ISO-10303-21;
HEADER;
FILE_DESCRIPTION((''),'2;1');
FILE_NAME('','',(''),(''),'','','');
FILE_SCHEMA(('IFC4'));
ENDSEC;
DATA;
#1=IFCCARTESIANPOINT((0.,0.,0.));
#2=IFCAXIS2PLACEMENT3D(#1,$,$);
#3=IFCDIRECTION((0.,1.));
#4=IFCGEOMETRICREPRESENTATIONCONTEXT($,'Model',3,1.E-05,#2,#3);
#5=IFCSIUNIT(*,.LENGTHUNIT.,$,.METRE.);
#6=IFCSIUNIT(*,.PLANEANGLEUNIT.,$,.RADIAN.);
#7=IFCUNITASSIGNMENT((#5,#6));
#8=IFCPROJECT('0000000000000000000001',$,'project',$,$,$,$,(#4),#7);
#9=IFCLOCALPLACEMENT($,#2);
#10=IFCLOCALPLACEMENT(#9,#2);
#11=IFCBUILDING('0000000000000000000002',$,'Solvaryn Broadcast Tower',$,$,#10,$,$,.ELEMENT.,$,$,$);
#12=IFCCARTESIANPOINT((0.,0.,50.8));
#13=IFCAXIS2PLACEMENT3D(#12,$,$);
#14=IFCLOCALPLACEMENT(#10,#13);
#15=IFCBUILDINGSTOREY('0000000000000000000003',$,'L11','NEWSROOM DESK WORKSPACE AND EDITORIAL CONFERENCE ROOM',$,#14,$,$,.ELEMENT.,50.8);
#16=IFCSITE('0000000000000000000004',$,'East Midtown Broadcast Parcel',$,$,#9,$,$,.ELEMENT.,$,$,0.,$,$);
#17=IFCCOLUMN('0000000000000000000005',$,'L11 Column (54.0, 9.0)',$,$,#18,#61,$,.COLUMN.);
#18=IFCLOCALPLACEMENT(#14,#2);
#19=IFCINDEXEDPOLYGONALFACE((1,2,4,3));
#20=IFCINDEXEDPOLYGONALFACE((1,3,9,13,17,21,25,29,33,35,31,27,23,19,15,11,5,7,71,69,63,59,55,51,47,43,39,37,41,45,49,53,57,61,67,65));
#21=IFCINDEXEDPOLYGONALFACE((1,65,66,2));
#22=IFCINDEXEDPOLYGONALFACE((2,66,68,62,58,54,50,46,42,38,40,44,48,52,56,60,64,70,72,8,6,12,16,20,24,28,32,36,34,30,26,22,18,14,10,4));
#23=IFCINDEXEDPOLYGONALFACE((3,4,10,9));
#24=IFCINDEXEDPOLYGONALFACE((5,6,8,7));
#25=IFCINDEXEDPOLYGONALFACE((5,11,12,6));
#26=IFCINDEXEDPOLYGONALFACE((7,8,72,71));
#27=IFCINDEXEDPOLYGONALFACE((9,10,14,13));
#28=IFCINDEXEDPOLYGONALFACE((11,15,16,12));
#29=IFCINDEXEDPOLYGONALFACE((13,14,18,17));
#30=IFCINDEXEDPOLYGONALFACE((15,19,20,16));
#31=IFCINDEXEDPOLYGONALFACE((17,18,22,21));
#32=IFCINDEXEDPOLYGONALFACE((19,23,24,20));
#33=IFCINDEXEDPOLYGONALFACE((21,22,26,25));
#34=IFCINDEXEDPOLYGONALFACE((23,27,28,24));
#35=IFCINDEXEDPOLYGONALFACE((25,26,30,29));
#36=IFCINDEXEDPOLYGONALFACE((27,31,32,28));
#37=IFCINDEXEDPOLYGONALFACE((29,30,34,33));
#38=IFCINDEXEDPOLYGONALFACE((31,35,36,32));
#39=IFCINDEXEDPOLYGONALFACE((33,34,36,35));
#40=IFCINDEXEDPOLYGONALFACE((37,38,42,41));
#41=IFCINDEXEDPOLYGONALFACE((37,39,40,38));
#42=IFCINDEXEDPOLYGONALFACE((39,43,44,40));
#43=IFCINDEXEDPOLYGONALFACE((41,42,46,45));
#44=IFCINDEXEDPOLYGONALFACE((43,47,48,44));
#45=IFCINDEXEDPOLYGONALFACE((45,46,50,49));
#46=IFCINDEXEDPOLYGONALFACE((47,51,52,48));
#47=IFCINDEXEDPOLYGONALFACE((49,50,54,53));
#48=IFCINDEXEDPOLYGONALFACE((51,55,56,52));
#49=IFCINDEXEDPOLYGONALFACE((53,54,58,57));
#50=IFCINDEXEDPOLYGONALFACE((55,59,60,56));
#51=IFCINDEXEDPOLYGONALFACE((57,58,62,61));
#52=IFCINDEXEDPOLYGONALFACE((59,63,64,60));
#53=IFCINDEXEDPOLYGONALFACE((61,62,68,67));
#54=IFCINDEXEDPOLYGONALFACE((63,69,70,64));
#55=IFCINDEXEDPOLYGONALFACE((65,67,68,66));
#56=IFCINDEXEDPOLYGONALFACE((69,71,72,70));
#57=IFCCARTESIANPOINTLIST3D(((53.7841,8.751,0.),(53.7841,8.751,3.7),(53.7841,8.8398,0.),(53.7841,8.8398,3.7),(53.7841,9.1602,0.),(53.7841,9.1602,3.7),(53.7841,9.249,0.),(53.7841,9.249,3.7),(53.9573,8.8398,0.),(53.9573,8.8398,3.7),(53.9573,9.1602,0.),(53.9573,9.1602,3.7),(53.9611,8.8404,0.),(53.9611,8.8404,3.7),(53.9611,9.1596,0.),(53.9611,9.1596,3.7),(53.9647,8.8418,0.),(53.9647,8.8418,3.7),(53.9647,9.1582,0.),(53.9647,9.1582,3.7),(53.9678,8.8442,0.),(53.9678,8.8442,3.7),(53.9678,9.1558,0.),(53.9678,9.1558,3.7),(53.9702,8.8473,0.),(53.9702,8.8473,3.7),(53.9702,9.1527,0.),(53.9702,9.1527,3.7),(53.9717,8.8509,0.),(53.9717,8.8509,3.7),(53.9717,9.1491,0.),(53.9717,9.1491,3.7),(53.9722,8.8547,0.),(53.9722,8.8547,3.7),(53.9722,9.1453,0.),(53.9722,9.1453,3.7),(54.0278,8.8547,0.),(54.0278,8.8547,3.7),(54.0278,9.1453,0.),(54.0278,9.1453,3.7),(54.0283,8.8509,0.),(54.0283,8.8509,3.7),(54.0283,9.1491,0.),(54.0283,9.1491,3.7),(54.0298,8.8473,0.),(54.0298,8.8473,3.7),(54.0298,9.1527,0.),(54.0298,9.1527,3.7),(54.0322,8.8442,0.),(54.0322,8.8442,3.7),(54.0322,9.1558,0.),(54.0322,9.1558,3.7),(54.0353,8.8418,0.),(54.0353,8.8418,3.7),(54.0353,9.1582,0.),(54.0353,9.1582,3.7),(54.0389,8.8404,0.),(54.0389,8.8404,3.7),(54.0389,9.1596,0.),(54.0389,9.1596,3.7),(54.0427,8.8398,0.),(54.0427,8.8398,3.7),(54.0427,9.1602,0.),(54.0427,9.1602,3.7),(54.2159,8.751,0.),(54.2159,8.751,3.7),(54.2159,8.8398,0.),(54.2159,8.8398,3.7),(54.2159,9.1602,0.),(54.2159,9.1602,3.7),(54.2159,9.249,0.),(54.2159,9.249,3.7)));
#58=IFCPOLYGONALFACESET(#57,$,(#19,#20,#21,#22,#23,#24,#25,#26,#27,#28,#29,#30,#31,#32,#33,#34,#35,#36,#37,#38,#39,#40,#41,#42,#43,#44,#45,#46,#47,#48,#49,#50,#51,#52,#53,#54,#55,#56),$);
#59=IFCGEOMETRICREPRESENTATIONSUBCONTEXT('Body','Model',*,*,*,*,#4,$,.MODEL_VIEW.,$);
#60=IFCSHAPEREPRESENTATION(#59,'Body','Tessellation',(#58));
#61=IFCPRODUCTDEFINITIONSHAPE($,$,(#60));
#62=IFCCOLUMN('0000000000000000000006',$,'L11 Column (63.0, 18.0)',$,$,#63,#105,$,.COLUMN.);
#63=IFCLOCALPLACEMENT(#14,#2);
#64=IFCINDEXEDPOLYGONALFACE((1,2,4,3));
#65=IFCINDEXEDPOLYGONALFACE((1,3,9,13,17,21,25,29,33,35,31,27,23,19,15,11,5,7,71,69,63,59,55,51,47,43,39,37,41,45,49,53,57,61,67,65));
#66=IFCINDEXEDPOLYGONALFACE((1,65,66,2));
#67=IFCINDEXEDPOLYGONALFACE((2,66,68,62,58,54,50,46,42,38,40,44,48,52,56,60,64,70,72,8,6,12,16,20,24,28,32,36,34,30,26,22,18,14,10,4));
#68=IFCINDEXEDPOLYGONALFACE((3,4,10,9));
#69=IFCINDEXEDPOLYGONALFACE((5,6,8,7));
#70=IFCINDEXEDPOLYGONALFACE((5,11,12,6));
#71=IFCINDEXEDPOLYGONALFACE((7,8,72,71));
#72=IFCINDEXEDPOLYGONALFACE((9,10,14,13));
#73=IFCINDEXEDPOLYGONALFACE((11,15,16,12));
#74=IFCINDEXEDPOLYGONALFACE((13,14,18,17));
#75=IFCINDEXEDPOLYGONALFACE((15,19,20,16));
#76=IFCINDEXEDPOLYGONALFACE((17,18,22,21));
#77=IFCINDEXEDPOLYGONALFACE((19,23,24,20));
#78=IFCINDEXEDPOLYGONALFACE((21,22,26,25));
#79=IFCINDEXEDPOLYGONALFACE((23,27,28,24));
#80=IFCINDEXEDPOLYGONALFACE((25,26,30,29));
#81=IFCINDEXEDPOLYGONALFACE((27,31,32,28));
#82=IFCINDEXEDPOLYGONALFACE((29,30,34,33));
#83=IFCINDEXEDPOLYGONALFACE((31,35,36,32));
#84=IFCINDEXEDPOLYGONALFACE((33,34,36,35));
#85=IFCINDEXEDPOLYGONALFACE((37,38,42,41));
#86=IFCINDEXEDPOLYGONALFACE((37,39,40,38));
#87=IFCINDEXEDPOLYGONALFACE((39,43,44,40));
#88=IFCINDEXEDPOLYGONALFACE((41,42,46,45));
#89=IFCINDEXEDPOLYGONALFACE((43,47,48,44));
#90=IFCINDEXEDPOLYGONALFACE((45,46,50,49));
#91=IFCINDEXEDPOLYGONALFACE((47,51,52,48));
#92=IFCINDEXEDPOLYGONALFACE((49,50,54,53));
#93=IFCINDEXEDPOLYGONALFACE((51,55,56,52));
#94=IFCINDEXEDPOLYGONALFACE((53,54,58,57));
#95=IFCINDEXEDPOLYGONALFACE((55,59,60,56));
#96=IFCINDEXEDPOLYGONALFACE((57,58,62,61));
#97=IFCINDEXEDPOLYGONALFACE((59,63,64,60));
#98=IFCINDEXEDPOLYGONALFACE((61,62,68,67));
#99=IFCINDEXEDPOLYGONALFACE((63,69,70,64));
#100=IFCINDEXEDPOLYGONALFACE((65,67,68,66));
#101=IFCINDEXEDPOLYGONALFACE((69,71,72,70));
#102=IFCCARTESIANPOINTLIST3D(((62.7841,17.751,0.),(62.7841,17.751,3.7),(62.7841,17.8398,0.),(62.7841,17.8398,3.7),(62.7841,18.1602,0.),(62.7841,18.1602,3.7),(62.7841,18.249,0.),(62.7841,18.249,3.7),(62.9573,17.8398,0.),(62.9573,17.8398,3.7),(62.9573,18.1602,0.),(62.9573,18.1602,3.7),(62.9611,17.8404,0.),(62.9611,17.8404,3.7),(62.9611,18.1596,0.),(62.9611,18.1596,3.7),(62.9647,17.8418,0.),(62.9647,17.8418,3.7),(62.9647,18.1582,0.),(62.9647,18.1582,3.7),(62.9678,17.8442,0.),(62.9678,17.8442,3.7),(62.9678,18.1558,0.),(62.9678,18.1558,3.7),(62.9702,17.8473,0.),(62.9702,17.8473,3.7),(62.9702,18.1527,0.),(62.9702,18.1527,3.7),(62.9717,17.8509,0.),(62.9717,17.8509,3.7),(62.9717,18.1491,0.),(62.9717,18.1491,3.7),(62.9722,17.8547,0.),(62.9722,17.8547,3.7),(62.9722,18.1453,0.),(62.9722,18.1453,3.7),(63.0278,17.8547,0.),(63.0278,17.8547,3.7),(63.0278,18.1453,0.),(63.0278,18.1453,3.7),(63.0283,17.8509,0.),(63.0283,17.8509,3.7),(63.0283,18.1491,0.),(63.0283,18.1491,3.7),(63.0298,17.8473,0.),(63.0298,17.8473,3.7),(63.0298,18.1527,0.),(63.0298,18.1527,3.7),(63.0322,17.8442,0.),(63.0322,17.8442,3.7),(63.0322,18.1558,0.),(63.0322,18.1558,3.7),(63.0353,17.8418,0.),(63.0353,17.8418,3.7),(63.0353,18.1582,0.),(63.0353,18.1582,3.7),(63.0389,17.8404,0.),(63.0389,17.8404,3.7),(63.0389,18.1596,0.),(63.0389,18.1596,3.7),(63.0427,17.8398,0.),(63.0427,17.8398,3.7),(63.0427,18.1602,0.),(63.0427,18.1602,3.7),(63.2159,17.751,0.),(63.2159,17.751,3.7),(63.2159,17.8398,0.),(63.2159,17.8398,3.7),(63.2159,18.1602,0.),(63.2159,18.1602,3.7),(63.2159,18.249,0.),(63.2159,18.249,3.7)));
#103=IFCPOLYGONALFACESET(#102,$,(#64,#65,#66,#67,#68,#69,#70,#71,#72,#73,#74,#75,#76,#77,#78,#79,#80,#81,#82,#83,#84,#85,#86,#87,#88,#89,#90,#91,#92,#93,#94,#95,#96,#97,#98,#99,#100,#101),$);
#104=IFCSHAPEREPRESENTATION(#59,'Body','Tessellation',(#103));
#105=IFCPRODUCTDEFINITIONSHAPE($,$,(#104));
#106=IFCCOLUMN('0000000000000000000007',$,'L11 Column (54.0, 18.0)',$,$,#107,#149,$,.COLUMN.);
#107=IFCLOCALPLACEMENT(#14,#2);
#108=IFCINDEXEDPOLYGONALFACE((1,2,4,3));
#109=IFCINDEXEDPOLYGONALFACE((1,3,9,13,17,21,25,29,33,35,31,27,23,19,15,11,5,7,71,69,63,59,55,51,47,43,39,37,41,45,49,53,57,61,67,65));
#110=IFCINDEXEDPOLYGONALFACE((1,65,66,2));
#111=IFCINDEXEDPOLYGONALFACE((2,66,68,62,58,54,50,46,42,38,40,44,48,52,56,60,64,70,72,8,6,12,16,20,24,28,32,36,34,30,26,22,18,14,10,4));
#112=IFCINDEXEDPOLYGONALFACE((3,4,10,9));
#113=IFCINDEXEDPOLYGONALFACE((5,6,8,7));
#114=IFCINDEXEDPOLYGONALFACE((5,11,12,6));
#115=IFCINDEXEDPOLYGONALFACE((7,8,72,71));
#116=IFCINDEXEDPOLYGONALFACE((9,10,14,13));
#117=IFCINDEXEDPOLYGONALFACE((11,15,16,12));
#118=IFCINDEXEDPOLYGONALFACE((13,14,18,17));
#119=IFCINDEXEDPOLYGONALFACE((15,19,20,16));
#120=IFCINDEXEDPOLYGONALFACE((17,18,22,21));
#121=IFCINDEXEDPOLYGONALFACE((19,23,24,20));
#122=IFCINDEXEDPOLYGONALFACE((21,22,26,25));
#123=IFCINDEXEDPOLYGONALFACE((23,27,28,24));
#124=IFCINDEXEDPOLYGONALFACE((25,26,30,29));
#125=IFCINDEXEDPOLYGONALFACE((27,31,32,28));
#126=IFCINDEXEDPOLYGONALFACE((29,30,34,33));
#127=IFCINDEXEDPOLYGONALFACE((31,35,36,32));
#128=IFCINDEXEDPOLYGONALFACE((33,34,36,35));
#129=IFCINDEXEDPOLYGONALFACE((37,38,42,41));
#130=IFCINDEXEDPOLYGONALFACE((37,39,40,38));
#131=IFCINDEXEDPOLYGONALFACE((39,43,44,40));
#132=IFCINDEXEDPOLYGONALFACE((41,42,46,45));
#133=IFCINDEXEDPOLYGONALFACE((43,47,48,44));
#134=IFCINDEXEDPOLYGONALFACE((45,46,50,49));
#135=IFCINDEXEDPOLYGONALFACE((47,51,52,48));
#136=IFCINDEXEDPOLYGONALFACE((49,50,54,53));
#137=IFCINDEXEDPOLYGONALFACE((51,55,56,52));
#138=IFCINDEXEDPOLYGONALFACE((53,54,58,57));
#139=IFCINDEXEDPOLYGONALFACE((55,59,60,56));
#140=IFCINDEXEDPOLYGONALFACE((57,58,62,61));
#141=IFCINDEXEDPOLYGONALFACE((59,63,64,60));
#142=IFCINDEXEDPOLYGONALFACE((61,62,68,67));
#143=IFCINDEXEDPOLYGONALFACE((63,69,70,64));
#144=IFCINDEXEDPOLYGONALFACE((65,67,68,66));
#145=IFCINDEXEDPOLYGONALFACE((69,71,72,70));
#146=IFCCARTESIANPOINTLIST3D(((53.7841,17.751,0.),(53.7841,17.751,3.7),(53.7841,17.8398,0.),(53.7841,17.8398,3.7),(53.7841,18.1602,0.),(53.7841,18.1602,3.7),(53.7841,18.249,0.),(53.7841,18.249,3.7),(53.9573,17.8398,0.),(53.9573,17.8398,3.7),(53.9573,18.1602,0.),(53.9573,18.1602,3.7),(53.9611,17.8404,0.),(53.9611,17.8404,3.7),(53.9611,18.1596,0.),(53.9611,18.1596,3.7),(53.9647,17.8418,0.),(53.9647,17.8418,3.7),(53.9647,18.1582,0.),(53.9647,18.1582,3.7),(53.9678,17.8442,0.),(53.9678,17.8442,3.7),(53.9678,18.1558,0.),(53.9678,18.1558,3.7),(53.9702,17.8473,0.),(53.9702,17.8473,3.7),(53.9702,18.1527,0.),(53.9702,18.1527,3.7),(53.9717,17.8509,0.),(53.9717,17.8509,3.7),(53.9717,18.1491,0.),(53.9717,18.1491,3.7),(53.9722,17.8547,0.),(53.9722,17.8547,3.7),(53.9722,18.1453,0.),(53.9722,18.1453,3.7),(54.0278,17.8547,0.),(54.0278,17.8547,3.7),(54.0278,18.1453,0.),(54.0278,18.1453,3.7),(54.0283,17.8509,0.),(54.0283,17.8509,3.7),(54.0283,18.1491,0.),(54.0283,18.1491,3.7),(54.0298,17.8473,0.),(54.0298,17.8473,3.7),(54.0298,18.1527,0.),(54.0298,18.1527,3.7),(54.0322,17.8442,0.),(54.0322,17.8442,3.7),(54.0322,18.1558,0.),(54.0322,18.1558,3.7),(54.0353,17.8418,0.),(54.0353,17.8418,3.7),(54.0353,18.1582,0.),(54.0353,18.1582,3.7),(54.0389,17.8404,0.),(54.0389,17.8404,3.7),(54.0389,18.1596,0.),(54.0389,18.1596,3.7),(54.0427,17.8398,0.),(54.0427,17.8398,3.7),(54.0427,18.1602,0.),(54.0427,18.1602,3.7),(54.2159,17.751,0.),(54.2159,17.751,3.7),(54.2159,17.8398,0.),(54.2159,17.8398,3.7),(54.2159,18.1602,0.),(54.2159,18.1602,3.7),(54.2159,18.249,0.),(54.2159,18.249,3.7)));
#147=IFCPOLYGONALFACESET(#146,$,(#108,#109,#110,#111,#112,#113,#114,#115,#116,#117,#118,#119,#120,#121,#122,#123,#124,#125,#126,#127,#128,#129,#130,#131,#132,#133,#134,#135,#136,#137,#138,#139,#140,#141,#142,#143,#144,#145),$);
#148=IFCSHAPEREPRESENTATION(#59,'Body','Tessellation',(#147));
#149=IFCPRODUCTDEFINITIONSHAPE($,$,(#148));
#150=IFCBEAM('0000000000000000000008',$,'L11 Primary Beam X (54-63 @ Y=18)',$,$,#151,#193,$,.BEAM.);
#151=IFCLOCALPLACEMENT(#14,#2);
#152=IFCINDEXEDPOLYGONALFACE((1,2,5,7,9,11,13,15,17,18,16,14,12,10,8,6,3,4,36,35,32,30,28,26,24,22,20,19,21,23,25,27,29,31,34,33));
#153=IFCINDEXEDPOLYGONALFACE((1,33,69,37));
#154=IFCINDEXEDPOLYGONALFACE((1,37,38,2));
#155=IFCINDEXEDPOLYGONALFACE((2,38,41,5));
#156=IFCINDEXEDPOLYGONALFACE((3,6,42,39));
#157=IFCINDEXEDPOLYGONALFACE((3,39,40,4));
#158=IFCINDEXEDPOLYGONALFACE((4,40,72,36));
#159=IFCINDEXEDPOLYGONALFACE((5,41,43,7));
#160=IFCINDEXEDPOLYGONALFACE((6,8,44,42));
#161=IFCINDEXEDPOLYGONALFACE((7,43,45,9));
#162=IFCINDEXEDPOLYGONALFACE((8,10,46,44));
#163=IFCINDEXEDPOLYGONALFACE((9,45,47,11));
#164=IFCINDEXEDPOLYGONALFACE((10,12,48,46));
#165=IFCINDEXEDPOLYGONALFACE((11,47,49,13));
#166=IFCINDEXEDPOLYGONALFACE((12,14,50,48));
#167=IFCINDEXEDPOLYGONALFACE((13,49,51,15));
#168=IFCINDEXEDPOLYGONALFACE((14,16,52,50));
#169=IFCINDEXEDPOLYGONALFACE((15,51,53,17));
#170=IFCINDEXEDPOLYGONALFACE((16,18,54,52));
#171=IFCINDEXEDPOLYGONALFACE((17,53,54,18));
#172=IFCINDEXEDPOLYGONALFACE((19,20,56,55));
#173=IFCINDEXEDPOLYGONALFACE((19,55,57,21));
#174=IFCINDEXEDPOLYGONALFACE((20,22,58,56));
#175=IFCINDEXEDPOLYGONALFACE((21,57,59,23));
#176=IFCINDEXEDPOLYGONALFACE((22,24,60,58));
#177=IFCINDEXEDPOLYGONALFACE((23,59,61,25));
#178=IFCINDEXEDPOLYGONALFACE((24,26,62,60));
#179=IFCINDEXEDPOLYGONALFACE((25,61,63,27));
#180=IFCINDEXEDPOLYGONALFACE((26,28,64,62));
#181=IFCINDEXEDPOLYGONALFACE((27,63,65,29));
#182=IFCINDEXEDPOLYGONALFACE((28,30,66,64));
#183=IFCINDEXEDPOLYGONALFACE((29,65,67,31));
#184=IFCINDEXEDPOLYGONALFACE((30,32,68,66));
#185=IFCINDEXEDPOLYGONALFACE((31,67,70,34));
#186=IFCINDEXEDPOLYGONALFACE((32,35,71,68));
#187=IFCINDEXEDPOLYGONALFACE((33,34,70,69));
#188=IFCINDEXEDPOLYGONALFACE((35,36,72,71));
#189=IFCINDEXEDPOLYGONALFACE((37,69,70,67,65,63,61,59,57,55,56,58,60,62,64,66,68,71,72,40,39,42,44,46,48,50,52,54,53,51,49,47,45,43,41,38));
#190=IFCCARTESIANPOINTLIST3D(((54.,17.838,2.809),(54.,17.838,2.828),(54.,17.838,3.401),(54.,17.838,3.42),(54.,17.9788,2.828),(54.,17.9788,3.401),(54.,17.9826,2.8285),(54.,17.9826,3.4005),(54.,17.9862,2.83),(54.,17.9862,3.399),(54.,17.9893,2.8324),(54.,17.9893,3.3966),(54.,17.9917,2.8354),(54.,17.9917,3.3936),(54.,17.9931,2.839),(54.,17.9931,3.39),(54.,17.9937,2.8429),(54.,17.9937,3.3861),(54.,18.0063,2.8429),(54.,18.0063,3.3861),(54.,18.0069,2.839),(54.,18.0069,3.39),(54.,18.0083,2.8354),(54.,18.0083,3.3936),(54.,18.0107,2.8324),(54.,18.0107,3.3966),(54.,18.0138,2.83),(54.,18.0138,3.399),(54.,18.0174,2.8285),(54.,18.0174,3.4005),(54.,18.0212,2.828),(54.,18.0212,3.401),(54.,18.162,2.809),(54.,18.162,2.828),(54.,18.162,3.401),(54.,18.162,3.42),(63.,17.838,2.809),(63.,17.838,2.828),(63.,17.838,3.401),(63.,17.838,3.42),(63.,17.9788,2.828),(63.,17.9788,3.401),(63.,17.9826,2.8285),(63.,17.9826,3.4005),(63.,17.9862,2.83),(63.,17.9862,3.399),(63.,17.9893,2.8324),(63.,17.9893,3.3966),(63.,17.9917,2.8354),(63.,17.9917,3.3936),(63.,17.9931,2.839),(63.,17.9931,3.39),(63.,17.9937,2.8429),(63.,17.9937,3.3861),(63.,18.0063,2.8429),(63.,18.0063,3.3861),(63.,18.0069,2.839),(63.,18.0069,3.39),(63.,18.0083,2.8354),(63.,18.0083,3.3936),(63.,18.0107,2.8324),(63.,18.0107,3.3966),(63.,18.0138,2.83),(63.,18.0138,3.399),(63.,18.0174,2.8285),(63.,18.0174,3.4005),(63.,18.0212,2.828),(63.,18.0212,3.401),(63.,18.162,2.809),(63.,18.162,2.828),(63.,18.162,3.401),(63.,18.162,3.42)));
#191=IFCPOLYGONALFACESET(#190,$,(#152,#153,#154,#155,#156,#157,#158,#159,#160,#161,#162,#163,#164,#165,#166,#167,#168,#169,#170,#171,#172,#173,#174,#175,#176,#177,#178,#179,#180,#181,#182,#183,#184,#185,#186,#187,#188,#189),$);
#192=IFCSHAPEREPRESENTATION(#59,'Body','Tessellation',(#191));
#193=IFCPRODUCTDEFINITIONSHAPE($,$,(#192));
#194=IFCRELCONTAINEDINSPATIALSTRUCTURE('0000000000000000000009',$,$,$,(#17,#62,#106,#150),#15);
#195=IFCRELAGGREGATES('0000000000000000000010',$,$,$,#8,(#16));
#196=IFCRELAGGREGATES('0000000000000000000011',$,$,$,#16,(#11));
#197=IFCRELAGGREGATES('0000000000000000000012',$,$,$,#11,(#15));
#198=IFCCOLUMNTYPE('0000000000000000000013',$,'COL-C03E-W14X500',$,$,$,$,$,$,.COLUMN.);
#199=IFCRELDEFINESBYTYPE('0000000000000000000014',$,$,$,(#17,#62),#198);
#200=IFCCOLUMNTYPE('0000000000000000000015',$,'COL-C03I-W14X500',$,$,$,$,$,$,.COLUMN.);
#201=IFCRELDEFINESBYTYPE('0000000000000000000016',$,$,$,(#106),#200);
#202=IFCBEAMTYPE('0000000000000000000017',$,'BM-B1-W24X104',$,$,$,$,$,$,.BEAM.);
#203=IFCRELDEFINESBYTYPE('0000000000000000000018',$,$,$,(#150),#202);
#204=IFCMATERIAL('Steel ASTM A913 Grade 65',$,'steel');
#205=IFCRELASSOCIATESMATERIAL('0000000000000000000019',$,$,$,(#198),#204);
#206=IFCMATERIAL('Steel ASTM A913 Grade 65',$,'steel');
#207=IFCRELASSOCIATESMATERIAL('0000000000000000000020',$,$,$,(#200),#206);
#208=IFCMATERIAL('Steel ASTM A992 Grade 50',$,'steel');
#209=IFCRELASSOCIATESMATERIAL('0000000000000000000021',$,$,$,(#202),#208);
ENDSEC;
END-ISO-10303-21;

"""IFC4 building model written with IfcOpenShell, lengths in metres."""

from ifc_helpers import new_model, si_unit, direction, frame, origin, origin_2d, place, context, subcontext, project, spatial, i_section, extrude, material, material_profile, profile_set, type_object, element, save


model = new_model("IFC4")

# Units and contexts
model_context = context("Model", 3, precision=1e-05, world=origin(), true_north=direction((0.0, 1.0)))
body_context = subcontext(model_context, "Body", "Model", "MODEL_VIEW")
ifc_project = project(units=[si_unit("LENGTHUNIT", "METRE"), si_unit("PLANEANGLEUNIT", "RADIAN")], contexts=[model_context])

# Site, building, storey
site_placement = place(None, origin())
site = spatial("IfcSite", under=ifc_project, at=site_placement, Name="East Midtown Broadcast Parcel", CompositionType="ELEMENT", RefElevation=0.0)
building_placement = place(site_placement, origin())
building = spatial("IfcBuilding", under=site, at=building_placement, Name="Solvaryn Broadcast Tower", CompositionType="ELEMENT")
storey_placement = place(building_placement, frame((0.0, 0.0, 50.8)))
storey = spatial("IfcBuildingStorey", under=building, at=storey_placement, Name="L11", Description="NEWSROOM DESK WORKSPACE AND EDITORIAL CONFERENCE ROOM", CompositionType="ELEMENT", Elevation=50.8)

# Columns
ifc_material_1 = material(Name="Steel ASTM A913 Grade 65", Category="steel")
ifc_material_profile_1 = material_profile(ifc_material_1, i_section(OverallWidth=0.4319, OverallDepth=0.498, WebThickness=0.0557, FlangeThickness=0.0889, FilletRadius=0.0149, at=origin_2d()))
ifc_profile_set_1 = profile_set([ifc_material_profile_1], Name="Steel ASTM A913 Grade 65")
column_type_1 = type_object("IfcColumnType", Name="COL-C03E-W14X500", PredefinedType="COLUMN", material=ifc_profile_set_1)
for number, where, z_axis, x_axis, name in (
    (1, (54.0, 9.0, 0.0), (0.0, 0.0, 1.0), (1.0, 0.0, 0.0), "L11 Column (54.0, 9.0)"),
    (2, (63.0, 18.0, 0.0), (0.0, 0.0, 1.0), (1.0, 0.0, 0.0), "L11 Column (63.0, 18.0)"),
):
    element("IfcColumn", number, at=place(storey_placement, frame(where, z_axis=z_axis, x_axis=x_axis)), inside=storey, type_object=column_type_1, Name=name, PredefinedType="COLUMN", context=body_context, shape_type="SweptSolid", body=[
        extrude(i_section(OverallWidth=0.4319, OverallDepth=0.498, WebThickness=0.0557, FlangeThickness=0.0889, FilletRadius=0.0149, at=origin_2d()), origin(), (0.0, 0.0, 1.0), 3.7),
    ])
ifc_material_2 = material(Name="Steel ASTM A913 Grade 65", Category="steel")
ifc_material_profile_2 = material_profile(ifc_material_2, i_section(OverallWidth=0.4319, OverallDepth=0.498, WebThickness=0.0557, FlangeThickness=0.0889, FilletRadius=0.0149, at=origin_2d()))
ifc_profile_set_2 = profile_set([ifc_material_profile_2], Name="Steel ASTM A913 Grade 65")
column_type_2 = type_object("IfcColumnType", Name="COL-C03I-W14X500", PredefinedType="COLUMN", material=ifc_profile_set_2)
column_placement = place(storey_placement, frame((54.0, 18.0, 0.0), z_axis=(0.0, 0.0, 1.0), x_axis=(1.0, 0.0, 0.0)))
element("IfcColumn", 3, at=column_placement, inside=storey, type_object=column_type_2, Name="L11 Column (54.0, 18.0)", PredefinedType="COLUMN", context=body_context, shape_type="SweptSolid", body=[
    extrude(i_section(OverallWidth=0.4319, OverallDepth=0.498, WebThickness=0.0557, FlangeThickness=0.0889, FilletRadius=0.0149, at=origin_2d()), origin(), (0.0, 0.0, 1.0), 3.7),
])

# Beam
ifc_material_3 = material(Name="Steel ASTM A992 Grade 50", Category="steel")
ifc_material_profile_3 = material_profile(ifc_material_3, i_section(OverallWidth=0.324, OverallDepth=0.6111, WebThickness=0.0127, FlangeThickness=0.019, FilletRadius=0.0149, at=origin_2d()))
ifc_profile_set_3 = profile_set([ifc_material_profile_3], Name="Steel ASTM A992 Grade 50")
beam_type = type_object("IfcBeamType", Name="BM-B1-W24X104", PredefinedType="BEAM", material=ifc_profile_set_3)
beam_placement = place(storey_placement, frame((54.0, 18.0, 3.1145), z_axis=(1.0, 0.0, 0.0), x_axis=(0.0, 1.0, 0.0)))
element("IfcBeam", 4, at=beam_placement, inside=storey, type_object=beam_type, Name="L11 Primary Beam X (54-63 @ Y=18)", PredefinedType="BEAM", context=body_context, shape_type="SweptSolid", body=[
    extrude(i_section(OverallWidth=0.324, OverallDepth=0.6111, WebThickness=0.0127, FlangeThickness=0.019, FilletRadius=0.0149, at=origin_2d()), origin(), (0.0, 0.0, 1.0), 9.0),
])

save(model, "model.ifc")
